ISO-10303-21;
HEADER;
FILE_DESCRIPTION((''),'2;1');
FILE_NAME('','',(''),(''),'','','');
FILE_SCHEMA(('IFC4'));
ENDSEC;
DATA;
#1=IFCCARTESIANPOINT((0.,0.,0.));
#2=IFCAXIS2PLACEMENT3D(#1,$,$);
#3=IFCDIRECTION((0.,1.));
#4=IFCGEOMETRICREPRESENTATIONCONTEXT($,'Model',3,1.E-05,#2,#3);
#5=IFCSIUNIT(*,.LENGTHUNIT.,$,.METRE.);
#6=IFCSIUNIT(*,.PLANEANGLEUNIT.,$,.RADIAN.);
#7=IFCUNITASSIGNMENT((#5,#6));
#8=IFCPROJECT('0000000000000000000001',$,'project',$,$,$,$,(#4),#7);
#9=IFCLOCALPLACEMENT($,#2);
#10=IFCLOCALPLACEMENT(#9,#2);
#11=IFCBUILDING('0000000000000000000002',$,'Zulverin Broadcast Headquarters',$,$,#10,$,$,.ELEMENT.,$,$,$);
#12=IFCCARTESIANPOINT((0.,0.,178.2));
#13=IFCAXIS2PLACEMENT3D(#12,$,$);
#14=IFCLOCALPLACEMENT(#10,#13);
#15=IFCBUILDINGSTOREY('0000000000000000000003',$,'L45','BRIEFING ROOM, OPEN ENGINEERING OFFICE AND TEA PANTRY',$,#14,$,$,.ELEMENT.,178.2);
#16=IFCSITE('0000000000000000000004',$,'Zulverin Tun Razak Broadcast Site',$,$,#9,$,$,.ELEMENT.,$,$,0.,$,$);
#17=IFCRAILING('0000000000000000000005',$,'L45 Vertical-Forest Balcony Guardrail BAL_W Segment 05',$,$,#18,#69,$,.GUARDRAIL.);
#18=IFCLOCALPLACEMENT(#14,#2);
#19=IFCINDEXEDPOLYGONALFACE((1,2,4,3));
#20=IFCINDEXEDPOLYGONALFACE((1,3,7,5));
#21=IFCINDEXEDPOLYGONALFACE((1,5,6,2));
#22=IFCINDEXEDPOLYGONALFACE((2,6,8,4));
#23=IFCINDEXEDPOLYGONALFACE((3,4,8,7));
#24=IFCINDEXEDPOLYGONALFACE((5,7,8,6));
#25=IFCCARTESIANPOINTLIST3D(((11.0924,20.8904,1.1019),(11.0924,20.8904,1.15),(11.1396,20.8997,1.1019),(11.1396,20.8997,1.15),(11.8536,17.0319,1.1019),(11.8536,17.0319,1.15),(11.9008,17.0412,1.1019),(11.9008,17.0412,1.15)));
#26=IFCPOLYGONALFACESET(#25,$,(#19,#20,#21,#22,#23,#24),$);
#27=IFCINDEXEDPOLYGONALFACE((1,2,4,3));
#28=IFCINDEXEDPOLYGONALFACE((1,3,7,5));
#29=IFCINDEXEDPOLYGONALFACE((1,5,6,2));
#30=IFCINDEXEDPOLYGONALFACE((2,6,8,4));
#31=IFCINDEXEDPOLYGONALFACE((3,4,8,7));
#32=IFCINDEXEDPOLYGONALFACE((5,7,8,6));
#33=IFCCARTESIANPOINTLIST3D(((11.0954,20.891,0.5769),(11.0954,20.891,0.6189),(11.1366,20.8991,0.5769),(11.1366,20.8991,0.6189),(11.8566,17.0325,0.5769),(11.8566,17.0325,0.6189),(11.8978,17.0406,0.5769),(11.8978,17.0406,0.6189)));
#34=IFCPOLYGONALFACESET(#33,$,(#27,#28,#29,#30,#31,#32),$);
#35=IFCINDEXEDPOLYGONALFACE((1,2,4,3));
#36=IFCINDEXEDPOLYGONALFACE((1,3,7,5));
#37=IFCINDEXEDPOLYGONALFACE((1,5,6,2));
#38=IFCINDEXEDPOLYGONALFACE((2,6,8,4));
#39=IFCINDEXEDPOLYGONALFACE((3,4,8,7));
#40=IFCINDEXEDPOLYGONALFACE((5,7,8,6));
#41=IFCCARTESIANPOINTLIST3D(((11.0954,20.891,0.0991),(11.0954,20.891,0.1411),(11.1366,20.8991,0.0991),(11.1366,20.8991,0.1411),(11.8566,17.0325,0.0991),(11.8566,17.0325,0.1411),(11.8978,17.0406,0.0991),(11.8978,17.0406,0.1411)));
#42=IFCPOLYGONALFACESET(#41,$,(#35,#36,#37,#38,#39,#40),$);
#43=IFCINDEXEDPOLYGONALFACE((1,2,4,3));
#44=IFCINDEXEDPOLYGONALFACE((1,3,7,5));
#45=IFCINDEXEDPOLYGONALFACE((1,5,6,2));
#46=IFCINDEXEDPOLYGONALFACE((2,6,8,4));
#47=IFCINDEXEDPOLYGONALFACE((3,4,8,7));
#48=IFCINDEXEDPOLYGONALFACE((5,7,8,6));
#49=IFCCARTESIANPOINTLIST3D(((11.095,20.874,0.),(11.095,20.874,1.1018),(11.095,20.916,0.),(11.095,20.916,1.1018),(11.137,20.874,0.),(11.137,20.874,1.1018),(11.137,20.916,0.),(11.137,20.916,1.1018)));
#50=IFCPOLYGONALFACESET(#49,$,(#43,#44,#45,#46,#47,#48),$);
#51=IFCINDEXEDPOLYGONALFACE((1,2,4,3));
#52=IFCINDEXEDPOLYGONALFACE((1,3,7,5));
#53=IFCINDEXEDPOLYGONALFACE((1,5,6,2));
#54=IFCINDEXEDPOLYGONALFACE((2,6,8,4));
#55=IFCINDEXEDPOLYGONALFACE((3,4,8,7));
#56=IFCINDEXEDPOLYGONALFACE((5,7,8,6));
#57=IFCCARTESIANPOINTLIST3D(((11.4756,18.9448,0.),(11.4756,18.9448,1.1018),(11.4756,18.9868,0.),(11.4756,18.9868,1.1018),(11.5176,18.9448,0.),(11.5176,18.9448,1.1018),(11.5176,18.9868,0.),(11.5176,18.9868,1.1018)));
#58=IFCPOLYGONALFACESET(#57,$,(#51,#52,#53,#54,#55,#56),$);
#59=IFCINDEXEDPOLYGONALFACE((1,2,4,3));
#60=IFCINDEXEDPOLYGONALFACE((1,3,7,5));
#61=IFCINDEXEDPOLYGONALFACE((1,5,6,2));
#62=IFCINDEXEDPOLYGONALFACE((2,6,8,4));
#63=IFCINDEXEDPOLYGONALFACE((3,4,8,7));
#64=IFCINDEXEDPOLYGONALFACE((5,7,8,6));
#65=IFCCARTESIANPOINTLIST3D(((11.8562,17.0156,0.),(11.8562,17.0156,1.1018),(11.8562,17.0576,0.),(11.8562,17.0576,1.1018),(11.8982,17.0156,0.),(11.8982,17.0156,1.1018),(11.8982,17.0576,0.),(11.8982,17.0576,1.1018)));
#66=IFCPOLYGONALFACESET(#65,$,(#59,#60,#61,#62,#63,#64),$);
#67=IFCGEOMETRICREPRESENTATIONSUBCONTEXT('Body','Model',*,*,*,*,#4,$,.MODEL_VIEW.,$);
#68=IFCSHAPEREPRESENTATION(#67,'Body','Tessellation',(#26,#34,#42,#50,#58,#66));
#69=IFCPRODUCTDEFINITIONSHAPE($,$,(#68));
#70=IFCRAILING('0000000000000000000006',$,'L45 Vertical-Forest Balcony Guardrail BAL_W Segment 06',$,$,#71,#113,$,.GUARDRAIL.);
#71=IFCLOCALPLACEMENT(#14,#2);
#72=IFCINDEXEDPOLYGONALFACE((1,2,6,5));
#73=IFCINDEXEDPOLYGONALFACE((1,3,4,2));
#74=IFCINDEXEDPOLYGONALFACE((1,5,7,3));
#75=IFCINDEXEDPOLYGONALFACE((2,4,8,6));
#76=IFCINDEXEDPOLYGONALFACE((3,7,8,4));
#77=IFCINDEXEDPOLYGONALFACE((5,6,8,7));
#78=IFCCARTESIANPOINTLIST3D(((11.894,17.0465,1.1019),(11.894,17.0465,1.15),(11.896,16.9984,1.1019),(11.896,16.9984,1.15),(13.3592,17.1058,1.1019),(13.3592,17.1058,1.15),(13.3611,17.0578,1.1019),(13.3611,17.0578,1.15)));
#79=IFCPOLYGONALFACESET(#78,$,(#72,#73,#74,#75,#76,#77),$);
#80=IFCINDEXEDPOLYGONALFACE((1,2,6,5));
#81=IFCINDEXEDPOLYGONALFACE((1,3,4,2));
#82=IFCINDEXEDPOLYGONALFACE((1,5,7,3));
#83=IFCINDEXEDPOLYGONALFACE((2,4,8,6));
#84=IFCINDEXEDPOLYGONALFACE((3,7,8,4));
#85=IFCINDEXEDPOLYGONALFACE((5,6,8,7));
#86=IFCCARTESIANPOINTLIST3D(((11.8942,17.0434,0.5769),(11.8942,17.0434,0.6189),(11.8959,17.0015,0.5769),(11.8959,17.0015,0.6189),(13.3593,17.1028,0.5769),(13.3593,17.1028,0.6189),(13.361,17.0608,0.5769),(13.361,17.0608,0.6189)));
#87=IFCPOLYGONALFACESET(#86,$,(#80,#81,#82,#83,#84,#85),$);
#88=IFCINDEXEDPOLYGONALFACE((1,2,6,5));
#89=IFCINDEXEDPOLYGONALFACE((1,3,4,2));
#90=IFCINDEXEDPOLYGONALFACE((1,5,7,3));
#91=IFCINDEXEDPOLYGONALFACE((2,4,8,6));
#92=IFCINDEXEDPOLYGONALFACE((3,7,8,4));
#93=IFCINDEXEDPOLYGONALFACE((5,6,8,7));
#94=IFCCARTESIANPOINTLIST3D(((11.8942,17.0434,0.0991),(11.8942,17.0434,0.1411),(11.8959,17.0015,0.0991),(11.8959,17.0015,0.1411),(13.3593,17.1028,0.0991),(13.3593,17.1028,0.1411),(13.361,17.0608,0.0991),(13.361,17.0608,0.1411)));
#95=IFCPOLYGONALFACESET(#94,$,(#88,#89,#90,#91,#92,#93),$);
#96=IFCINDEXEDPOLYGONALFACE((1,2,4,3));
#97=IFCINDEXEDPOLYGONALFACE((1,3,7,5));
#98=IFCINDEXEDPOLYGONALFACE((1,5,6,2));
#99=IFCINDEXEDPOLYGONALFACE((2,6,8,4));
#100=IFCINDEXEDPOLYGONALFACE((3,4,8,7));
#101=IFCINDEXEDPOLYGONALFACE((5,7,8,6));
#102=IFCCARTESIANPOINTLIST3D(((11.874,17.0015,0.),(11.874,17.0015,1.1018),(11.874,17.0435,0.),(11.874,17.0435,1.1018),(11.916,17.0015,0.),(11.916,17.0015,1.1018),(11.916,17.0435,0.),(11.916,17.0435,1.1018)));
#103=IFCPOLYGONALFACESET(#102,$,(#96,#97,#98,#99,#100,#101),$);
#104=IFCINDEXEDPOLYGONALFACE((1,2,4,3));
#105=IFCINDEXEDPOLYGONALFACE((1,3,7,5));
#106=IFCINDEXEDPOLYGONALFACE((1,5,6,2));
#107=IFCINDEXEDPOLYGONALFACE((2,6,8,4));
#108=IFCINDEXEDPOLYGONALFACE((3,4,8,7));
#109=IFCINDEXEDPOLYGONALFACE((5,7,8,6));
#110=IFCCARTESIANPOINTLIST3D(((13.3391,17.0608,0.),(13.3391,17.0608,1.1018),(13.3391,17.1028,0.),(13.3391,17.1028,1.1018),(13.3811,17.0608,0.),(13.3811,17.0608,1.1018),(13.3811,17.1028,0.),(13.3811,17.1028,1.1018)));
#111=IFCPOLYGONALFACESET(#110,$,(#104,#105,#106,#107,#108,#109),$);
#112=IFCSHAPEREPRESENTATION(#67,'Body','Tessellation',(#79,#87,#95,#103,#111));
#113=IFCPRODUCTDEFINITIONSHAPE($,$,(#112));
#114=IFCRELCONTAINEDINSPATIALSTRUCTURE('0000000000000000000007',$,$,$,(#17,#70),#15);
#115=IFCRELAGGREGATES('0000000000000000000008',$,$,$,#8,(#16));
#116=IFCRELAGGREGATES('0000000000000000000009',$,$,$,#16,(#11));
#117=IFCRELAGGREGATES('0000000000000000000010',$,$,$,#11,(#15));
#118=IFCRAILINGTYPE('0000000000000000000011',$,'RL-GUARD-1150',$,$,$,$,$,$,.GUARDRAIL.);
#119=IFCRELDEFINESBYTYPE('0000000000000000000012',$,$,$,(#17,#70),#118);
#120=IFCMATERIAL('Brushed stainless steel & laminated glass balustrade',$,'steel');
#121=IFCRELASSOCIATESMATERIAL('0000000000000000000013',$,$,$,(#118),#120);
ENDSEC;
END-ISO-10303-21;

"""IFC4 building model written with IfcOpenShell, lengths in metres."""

from ifc_helpers import new_model, si_unit, direction, frame, origin, origin_2d, place, context, subcontext, project, spatial, rectangle, extrude, material, type_object, element, save


model = new_model("IFC4")

# Units and contexts
model_context = context("Model", 3, precision=1e-05, world=origin(), true_north=direction((0.0, 1.0)))
body_context = subcontext(model_context, "Body", "Model", "MODEL_VIEW")
ifc_project = project(units=[si_unit("LENGTHUNIT", "METRE"), si_unit("PLANEANGLEUNIT", "RADIAN")], contexts=[model_context])

# Site, building, storey
site_placement = place(None, origin())
site = spatial("IfcSite", under=ifc_project, at=site_placement, Name="Zulverin Tun Razak Broadcast Site", CompositionType="ELEMENT", RefElevation=0.0)
building_placement = place(site_placement, origin())
building = spatial("IfcBuilding", under=site, at=building_placement, Name="Zulverin Broadcast Headquarters", CompositionType="ELEMENT")
storey_placement = place(building_placement, frame((0.0, 0.0, 178.2)))
storey = spatial("IfcBuildingStorey", under=building, at=storey_placement, Name="L45", Description="BRIEFING ROOM, OPEN ENGINEERING OFFICE AND TEA PANTRY", CompositionType="ELEMENT", Elevation=178.2)

# Railings
ifc_material_1 = material(Name="Brushed stainless steel & laminated glass balustrade", Category="steel")
railing_type = type_object("IfcRailingType", Name="RL-GUARD-1150", PredefinedType="GUARDRAIL", material=ifc_material_1)
railing_1_placement = place(storey_placement, frame((11.116, 20.895, 0.0)))
element("IfcRailing", 1, at=railing_1_placement, inside=storey, type_object=railing_type, Name="L45 Vertical-Forest Balcony Guardrail BAL_W Segment 05", PredefinedType="GUARDRAIL", context=body_context, shape_type="SweptSolid", body=[
    extrude(rectangle(XDim=0.0481, YDim=0.0481, at=origin_2d()), frame((0.0, 0.0, 1.126), z_axis=(0.193561, -0.981088, 0.0), x_axis=(0.981088, 0.193561, 0.0)), (0.0, 0.0, 1.0), 3.9329),
    extrude(rectangle(XDim=0.042, YDim=0.042, at=origin_2d()), frame((0.0, 0.0, 0.5979), z_axis=(0.193561, -0.981088, 0.0), x_axis=(0.981088, 0.193561, 0.0)), (0.0, 0.0, 1.0), 3.9329),
    extrude(rectangle(XDim=0.042, YDim=0.042, at=origin_2d()), frame((0.0, 0.0, 0.1201), z_axis=(0.193561, -0.981088, 0.0), x_axis=(0.981088, 0.193561, 0.0)), (0.0, 0.0, 1.0), 3.9329),
    extrude(rectangle(XDim=0.042, YDim=0.042, at=origin_2d()), origin(), (0.0, 0.0, 1.0), 1.1018),
    extrude(rectangle(XDim=0.042, YDim=0.042, at=origin_2d()), frame((0.3806, -1.9292, 0.0)), (0.0, 0.0, 1.0), 1.1018),
    extrude(rectangle(XDim=0.042, YDim=0.042, at=origin_2d()), frame((0.7612, -3.8584, 0.0)), (0.0, 0.0, 1.0), 1.1018),
])
railing_2_placement = place(storey_placement, frame((11.895, 17.0225, 0.0)))
element("IfcRailing", 2, at=railing_2_placement, inside=storey, type_object=railing_type, Name="L45 Vertical-Forest Balcony Guardrail BAL_W Segment 06", PredefinedType="GUARDRAIL", context=body_context, shape_type="SweptSolid", body=[
    extrude(rectangle(XDim=0.0481, YDim=0.0481, at=origin_2d()), frame((0.0, 0.0, 1.126), z_axis=(0.999181, 0.04046, 0.0), x_axis=(-0.04046, 0.999181, 0.0)), (0.0, 0.0, 1.0), 1.4663),
    extrude(rectangle(XDim=0.042, YDim=0.042, at=origin_2d()), frame((0.0, 0.0, 0.5979), z_axis=(0.999181, 0.04046, 0.0), x_axis=(-0.04046, 0.999181, 0.0)), (0.0, 0.0, 1.0), 1.4663),
    extrude(rectangle(XDim=0.042, YDim=0.042, at=origin_2d()), frame((0.0, 0.0, 0.1201), z_axis=(0.999181, 0.04046, 0.0), x_axis=(-0.04046, 0.999181, 0.0)), (0.0, 0.0, 1.0), 1.4663),
    extrude(rectangle(XDim=0.042, YDim=0.042, at=origin_2d()), origin(), (0.0, 0.0, 1.0), 1.1018),
    extrude(rectangle(XDim=0.042, YDim=0.042, at=origin_2d()), frame((1.4651, 0.0593, 0.0)), (0.0, 0.0, 1.0), 1.1018),
])

save(model, "model.ifc")
